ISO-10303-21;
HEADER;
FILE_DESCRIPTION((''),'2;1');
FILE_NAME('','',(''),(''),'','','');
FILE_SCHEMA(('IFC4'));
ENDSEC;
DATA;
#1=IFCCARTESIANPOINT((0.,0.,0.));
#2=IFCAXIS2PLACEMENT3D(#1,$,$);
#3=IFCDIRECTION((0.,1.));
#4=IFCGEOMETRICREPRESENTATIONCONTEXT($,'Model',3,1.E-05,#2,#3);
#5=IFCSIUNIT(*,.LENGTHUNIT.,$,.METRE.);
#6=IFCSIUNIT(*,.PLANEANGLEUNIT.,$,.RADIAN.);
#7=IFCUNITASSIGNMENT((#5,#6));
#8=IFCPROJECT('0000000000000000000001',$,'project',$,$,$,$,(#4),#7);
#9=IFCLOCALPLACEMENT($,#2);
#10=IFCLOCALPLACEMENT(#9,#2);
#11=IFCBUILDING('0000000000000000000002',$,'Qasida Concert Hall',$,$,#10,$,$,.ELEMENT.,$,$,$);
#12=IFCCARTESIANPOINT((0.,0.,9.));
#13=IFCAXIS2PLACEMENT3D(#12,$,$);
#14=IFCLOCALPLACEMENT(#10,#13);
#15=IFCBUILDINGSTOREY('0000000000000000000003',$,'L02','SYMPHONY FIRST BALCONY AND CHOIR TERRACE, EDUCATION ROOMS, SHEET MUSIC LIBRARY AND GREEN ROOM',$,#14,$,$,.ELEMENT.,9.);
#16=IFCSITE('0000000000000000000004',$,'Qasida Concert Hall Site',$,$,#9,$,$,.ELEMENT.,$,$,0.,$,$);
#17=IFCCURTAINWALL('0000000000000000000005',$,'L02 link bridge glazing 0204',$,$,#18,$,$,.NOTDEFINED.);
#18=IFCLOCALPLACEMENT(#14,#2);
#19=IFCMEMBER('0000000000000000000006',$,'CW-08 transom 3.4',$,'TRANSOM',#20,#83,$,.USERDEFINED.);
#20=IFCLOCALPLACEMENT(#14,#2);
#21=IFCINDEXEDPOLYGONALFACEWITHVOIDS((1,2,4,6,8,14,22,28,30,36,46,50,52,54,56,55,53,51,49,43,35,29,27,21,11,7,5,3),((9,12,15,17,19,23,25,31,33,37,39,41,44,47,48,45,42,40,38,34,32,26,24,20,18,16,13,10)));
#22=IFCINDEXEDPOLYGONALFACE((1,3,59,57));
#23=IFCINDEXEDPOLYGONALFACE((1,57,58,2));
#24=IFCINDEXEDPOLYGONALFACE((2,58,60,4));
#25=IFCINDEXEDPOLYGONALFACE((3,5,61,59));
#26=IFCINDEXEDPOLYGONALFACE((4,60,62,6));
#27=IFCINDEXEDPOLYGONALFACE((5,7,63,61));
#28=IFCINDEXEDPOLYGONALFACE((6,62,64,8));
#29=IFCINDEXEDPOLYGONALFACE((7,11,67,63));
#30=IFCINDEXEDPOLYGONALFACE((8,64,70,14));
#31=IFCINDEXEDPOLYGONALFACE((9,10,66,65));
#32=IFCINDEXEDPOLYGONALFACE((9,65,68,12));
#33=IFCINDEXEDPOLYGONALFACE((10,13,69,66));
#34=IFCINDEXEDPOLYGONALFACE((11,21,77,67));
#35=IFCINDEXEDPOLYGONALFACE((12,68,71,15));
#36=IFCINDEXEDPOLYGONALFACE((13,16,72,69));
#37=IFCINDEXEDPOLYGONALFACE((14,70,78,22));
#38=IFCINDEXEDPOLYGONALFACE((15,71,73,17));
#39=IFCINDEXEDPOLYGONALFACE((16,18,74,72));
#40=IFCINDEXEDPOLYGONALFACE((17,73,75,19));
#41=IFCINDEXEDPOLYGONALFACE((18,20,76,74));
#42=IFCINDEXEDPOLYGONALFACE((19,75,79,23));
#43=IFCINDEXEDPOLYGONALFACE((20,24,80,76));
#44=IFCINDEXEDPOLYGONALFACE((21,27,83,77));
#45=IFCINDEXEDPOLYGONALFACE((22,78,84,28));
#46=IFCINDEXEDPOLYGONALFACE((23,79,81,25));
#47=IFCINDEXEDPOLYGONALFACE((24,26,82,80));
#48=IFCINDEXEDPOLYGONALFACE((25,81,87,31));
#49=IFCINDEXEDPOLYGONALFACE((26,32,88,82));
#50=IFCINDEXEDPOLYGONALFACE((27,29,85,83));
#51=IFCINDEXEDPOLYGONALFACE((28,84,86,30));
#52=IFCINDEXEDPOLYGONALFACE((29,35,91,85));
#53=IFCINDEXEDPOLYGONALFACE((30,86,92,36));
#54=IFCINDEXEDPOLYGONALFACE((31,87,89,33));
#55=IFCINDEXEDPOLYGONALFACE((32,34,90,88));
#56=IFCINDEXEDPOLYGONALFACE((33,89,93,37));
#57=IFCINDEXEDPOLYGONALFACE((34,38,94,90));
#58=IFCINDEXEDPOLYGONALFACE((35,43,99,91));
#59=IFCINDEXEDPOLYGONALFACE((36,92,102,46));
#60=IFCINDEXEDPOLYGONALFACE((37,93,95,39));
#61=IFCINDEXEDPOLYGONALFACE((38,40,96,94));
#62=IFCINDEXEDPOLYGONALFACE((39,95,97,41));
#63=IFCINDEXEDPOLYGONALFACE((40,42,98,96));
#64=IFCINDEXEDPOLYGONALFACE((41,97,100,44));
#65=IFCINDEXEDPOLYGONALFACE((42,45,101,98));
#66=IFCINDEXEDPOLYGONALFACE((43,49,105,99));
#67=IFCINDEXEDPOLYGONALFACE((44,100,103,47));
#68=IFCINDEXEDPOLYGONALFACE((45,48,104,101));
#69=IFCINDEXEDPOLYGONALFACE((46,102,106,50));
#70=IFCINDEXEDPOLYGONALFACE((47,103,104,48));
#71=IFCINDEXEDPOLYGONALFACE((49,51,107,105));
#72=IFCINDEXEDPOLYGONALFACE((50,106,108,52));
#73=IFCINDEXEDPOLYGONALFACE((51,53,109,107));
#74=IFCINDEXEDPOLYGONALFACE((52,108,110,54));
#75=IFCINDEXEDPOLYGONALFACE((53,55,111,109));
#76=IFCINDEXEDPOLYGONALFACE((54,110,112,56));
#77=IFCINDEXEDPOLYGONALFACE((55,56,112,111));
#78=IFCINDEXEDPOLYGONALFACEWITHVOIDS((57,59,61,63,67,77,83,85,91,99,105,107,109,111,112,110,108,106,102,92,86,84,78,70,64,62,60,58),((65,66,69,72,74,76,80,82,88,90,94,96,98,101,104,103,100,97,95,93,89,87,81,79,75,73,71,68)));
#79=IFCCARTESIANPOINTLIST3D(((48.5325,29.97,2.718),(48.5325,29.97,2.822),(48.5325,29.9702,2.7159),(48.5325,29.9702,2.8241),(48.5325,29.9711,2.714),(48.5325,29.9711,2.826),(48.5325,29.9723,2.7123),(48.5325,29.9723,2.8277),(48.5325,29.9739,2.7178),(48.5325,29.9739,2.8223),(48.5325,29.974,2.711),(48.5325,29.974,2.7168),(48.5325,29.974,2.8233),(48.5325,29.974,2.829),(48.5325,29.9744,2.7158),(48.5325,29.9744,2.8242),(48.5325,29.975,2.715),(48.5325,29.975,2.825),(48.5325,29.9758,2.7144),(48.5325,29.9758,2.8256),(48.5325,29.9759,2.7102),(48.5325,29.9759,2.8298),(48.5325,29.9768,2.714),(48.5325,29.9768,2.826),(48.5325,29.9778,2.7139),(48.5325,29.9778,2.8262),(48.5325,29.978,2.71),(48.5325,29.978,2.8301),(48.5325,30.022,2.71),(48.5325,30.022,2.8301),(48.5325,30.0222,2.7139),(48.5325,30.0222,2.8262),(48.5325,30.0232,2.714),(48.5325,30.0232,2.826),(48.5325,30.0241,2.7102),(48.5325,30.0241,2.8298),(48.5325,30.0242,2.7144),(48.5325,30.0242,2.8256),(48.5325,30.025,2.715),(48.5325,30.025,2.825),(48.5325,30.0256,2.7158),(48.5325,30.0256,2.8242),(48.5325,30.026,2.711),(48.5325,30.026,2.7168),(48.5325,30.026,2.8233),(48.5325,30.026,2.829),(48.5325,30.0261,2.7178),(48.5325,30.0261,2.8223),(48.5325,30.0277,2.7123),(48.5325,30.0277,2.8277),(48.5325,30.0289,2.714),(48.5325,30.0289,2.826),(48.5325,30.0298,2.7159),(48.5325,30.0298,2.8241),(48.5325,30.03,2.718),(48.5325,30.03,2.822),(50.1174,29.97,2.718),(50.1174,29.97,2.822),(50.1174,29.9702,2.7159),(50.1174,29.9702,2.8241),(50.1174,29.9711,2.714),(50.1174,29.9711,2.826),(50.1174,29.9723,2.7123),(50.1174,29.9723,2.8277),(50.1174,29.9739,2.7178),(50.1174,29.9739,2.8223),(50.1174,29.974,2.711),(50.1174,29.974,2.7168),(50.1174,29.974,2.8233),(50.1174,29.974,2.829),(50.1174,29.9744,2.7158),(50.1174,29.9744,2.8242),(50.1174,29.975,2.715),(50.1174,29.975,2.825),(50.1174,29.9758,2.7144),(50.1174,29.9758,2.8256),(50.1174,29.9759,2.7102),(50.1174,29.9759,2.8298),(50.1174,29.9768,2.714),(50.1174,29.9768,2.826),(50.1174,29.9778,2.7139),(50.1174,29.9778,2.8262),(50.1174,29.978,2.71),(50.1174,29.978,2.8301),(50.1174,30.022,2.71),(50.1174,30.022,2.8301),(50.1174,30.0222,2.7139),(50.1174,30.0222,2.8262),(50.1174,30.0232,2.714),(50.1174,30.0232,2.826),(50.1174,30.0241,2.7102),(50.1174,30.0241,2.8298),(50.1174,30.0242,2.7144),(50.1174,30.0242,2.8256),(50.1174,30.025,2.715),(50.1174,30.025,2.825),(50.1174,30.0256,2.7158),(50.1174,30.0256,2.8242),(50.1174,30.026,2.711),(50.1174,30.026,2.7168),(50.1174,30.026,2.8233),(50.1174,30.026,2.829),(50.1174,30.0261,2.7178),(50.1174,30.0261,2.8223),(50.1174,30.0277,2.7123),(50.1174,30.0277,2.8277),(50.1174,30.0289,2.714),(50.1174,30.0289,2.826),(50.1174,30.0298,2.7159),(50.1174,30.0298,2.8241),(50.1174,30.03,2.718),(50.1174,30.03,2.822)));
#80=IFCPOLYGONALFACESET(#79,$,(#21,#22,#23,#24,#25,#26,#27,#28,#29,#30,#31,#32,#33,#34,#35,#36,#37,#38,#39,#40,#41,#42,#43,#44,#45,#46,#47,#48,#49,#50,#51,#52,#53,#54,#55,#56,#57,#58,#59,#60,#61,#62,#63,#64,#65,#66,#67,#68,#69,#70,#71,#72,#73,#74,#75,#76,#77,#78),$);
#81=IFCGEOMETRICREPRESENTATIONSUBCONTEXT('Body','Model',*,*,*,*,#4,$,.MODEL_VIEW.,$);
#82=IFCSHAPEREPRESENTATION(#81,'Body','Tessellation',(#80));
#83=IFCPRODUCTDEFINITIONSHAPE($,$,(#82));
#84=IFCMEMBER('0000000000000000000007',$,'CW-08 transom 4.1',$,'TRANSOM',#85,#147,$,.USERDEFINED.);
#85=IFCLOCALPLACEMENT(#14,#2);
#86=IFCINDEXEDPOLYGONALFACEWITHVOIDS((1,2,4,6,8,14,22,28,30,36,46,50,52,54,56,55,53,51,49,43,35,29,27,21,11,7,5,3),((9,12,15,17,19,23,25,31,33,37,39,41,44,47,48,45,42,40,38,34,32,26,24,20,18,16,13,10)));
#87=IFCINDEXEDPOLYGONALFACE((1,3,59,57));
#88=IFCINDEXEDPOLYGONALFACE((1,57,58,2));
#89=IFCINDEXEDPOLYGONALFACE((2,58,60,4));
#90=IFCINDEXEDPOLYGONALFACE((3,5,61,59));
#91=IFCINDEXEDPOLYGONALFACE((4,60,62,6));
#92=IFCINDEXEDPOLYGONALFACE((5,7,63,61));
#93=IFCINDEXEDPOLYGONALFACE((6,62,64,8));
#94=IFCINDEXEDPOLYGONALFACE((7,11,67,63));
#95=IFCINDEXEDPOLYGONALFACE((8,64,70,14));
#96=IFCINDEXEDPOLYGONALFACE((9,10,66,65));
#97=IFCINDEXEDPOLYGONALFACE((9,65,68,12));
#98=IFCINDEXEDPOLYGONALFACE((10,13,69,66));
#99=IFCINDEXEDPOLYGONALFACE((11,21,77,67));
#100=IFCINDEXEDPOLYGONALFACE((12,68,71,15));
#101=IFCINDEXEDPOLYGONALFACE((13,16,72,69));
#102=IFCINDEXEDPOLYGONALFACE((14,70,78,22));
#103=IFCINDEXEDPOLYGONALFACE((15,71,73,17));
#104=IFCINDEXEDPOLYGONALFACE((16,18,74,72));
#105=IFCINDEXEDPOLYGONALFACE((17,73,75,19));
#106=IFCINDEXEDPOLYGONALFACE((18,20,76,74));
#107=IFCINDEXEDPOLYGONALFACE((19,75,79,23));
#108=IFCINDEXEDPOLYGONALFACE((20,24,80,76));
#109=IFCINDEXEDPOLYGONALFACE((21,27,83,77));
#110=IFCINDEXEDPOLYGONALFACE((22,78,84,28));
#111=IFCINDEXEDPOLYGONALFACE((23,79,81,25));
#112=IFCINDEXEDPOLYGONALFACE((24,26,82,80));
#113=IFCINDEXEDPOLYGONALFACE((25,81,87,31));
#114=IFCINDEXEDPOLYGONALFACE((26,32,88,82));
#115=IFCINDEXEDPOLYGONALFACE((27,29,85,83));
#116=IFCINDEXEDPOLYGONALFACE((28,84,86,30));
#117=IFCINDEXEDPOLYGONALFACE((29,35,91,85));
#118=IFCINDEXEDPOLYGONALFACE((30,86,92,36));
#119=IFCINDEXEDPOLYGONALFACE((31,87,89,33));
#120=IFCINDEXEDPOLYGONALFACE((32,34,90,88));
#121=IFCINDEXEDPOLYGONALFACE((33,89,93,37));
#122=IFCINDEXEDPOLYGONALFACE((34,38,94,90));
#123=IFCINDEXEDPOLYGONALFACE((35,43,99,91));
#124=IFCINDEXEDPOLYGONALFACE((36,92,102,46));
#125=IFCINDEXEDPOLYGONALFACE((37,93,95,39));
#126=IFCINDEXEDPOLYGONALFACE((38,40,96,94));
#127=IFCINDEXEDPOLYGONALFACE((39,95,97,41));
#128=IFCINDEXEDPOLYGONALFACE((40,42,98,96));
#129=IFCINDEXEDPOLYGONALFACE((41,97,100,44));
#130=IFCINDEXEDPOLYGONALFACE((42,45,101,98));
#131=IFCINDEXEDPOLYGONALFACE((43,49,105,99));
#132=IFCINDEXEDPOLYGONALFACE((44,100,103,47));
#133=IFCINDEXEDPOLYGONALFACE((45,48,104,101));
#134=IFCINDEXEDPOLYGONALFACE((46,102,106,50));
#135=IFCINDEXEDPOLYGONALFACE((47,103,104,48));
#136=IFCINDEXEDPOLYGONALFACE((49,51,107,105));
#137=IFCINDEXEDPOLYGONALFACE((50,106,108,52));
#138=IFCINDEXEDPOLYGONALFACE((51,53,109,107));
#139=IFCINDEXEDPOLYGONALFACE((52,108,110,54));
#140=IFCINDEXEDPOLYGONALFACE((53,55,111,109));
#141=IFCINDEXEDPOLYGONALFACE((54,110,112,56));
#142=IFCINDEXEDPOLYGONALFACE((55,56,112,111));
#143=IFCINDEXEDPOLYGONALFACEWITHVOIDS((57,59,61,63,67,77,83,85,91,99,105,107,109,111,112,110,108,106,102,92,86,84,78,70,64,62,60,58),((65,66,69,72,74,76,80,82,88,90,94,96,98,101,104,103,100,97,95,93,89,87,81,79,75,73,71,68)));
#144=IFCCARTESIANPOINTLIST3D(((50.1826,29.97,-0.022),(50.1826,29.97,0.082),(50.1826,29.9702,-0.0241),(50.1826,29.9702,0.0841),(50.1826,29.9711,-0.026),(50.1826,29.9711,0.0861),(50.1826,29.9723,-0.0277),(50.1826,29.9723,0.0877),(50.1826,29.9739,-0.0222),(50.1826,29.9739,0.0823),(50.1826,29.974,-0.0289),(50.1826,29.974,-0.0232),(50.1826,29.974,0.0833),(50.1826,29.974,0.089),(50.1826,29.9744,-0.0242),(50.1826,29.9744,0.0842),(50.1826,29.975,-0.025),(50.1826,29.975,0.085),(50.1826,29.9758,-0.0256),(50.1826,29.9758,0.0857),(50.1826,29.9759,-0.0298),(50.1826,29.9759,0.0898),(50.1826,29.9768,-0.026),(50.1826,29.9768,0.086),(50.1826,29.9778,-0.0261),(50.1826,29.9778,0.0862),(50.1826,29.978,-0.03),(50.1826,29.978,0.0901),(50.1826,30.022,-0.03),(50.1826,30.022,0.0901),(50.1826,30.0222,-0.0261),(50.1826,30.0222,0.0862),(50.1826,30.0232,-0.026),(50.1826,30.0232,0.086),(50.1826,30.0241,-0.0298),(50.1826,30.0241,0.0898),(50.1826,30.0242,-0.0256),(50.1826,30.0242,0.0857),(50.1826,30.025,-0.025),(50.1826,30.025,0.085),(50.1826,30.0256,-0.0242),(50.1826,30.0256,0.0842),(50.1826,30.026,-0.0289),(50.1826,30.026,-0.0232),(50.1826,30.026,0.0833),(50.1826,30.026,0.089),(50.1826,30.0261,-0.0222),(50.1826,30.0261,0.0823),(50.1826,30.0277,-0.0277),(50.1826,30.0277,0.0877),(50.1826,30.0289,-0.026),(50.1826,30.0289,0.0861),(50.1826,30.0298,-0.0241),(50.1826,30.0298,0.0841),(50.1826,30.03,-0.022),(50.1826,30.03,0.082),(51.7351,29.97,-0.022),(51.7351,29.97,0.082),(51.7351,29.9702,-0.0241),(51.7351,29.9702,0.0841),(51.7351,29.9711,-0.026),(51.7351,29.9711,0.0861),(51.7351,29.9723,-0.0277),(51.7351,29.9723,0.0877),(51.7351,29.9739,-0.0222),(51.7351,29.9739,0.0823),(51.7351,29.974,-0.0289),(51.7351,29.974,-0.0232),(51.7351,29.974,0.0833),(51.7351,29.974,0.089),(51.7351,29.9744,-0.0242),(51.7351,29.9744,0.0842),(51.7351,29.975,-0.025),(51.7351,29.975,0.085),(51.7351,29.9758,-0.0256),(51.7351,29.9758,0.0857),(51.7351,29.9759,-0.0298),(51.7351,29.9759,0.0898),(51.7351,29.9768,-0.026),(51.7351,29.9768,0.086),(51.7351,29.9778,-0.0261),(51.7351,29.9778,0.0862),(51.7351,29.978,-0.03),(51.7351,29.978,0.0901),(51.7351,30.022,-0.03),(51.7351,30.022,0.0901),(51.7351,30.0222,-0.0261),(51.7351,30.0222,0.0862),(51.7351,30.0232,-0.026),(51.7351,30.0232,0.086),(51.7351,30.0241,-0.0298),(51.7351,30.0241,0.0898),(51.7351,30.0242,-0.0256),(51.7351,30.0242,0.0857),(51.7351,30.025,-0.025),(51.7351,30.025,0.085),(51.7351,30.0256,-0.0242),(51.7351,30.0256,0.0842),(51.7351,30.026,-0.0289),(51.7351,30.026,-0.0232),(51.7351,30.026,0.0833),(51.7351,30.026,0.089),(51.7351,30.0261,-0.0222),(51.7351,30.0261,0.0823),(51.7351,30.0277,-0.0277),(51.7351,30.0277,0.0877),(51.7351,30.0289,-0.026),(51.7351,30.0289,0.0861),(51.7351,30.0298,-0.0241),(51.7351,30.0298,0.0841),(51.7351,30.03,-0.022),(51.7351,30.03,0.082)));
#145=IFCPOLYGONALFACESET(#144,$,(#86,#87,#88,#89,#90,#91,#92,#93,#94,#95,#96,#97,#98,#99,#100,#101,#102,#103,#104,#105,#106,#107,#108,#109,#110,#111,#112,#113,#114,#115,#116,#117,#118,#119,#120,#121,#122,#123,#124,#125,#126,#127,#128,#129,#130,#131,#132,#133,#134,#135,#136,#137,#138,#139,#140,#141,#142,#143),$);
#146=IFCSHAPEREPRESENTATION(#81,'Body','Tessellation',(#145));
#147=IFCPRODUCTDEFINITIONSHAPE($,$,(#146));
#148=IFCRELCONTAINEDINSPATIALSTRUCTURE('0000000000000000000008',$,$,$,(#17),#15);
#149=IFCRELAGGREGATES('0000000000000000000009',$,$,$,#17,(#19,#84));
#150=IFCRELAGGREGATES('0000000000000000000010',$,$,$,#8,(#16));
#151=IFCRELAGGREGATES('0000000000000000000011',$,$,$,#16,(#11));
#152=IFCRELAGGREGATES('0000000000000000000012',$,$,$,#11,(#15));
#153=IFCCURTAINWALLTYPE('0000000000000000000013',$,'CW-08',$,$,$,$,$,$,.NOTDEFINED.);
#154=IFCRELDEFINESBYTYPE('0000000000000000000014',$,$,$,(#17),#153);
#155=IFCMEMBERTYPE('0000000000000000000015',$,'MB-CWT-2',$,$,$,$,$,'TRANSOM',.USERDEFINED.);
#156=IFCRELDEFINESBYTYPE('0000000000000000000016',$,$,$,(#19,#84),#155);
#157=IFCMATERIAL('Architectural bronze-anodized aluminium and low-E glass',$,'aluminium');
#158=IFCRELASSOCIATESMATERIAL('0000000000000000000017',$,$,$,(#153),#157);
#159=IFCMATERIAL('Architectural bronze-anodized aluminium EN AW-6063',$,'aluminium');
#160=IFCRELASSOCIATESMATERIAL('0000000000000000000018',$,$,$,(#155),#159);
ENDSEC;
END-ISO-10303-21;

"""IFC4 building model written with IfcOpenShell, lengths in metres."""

from ifc_helpers import new_model, si_unit, direction, frame, origin, origin_2d, place, context, subcontext, project, spatial, hollow_rectangle, extrude, material, material_profile, profile_set, type_object, element, aggregate, save


model = new_model("IFC4")

# Units and contexts
model_context = context("Model", 3, precision=1e-05, world=origin(), true_north=direction((0.0, 1.0)))
body_context = subcontext(model_context, "Body", "Model", "MODEL_VIEW")
ifc_project = project(units=[si_unit("LENGTHUNIT", "METRE"), si_unit("PLANEANGLEUNIT", "RADIAN")], contexts=[model_context])

# Site, building, storey
site_placement = place(None, origin())
site = spatial("IfcSite", under=ifc_project, at=site_placement, Name="Qasida Concert Hall Site", CompositionType="ELEMENT", RefElevation=0.0)
building_placement = place(site_placement, origin())
building = spatial("IfcBuilding", under=site, at=building_placement, Name="Qasida Concert Hall", CompositionType="ELEMENT")
storey_placement = place(building_placement, frame((0.0, 0.0, 9.0)))
storey = spatial("IfcBuildingStorey", under=building, at=storey_placement, Name="L02", Description="SYMPHONY FIRST BALCONY AND CHOIR TERRACE, EDUCATION ROOMS, SHEET MUSIC LIBRARY AND GREEN ROOM", CompositionType="ELEMENT", Elevation=9.0)

# Curtain wall, members
ifc_material_1 = material(Name="Architectural bronze-anodized aluminium and low-E glass", Category="aluminium")
curtain_wall_type = type_object("IfcCurtainWallType", Name="CW-08", PredefinedType="NOTDEFINED", material=ifc_material_1)
curtain_wall_placement = place(storey_placement, origin())
curtain_wall = element("IfcCurtainWall", 1, at=curtain_wall_placement, inside=storey, type_object=curtain_wall_type, Name="L02 link bridge glazing 0204", PredefinedType="NOTDEFINED")
ifc_material_2 = material(Name="Architectural bronze-anodized aluminium EN AW-6063", Category="aluminium")
ifc_material_profile_1 = material_profile(ifc_material_2, hollow_rectangle(XDim=0.0601, YDim=0.1201, WallThickness=0.0039, InnerFilletRadius=0.0039, OuterFilletRadius=0.0081, at=origin_2d()), Name="CWT 120x60x4")
ifc_profile_set_1 = profile_set([ifc_material_profile_1], Name="Architectural bronze-anodized aluminium EN AW-6063")
member_type_1 = type_object("IfcMemberType", Name="MB-CWT-2", ElementType="TRANSOM", PredefinedType="USERDEFINED", material=ifc_profile_set_1)
member_1_placement = place(storey_placement, frame((48.5325, 30.0, 2.77), z_axis=(1.0, 0.0, 0.0), x_axis=(0.0, 1.0, 0.0)))
member_1 = element("IfcMember", 2, at=member_1_placement, type_object=member_type_1, Name="CW-08 transom 3.4", ObjectType="TRANSOM", PredefinedType="USERDEFINED", context=body_context, shape_type="SweptSolid", body=[
    extrude(hollow_rectangle(XDim=0.0601, YDim=0.1201, WallThickness=0.0039, InnerFilletRadius=0.0039, OuterFilletRadius=0.0081, at=origin_2d()), origin(), (0.0, 0.0, 1.0), 1.585),
])
member_2_placement = place(storey_placement, frame((50.1826, 30.0, 0.03), z_axis=(1.0, 0.0, 0.0), x_axis=(0.0, 1.0, 0.0)))
member_2 = element("IfcMember", 3, at=member_2_placement, type_object=member_type_1, Name="CW-08 transom 4.1", ObjectType="TRANSOM", PredefinedType="USERDEFINED", context=body_context, shape_type="SweptSolid", body=[
    extrude(hollow_rectangle(XDim=0.0601, YDim=0.1201, WallThickness=0.0039, InnerFilletRadius=0.0039, OuterFilletRadius=0.0081, at=origin_2d()), origin(), (0.0, 0.0, 1.0), 1.5525),
])
aggregate(curtain_wall, [member_1, member_2])

save(model, "model.ifc")
